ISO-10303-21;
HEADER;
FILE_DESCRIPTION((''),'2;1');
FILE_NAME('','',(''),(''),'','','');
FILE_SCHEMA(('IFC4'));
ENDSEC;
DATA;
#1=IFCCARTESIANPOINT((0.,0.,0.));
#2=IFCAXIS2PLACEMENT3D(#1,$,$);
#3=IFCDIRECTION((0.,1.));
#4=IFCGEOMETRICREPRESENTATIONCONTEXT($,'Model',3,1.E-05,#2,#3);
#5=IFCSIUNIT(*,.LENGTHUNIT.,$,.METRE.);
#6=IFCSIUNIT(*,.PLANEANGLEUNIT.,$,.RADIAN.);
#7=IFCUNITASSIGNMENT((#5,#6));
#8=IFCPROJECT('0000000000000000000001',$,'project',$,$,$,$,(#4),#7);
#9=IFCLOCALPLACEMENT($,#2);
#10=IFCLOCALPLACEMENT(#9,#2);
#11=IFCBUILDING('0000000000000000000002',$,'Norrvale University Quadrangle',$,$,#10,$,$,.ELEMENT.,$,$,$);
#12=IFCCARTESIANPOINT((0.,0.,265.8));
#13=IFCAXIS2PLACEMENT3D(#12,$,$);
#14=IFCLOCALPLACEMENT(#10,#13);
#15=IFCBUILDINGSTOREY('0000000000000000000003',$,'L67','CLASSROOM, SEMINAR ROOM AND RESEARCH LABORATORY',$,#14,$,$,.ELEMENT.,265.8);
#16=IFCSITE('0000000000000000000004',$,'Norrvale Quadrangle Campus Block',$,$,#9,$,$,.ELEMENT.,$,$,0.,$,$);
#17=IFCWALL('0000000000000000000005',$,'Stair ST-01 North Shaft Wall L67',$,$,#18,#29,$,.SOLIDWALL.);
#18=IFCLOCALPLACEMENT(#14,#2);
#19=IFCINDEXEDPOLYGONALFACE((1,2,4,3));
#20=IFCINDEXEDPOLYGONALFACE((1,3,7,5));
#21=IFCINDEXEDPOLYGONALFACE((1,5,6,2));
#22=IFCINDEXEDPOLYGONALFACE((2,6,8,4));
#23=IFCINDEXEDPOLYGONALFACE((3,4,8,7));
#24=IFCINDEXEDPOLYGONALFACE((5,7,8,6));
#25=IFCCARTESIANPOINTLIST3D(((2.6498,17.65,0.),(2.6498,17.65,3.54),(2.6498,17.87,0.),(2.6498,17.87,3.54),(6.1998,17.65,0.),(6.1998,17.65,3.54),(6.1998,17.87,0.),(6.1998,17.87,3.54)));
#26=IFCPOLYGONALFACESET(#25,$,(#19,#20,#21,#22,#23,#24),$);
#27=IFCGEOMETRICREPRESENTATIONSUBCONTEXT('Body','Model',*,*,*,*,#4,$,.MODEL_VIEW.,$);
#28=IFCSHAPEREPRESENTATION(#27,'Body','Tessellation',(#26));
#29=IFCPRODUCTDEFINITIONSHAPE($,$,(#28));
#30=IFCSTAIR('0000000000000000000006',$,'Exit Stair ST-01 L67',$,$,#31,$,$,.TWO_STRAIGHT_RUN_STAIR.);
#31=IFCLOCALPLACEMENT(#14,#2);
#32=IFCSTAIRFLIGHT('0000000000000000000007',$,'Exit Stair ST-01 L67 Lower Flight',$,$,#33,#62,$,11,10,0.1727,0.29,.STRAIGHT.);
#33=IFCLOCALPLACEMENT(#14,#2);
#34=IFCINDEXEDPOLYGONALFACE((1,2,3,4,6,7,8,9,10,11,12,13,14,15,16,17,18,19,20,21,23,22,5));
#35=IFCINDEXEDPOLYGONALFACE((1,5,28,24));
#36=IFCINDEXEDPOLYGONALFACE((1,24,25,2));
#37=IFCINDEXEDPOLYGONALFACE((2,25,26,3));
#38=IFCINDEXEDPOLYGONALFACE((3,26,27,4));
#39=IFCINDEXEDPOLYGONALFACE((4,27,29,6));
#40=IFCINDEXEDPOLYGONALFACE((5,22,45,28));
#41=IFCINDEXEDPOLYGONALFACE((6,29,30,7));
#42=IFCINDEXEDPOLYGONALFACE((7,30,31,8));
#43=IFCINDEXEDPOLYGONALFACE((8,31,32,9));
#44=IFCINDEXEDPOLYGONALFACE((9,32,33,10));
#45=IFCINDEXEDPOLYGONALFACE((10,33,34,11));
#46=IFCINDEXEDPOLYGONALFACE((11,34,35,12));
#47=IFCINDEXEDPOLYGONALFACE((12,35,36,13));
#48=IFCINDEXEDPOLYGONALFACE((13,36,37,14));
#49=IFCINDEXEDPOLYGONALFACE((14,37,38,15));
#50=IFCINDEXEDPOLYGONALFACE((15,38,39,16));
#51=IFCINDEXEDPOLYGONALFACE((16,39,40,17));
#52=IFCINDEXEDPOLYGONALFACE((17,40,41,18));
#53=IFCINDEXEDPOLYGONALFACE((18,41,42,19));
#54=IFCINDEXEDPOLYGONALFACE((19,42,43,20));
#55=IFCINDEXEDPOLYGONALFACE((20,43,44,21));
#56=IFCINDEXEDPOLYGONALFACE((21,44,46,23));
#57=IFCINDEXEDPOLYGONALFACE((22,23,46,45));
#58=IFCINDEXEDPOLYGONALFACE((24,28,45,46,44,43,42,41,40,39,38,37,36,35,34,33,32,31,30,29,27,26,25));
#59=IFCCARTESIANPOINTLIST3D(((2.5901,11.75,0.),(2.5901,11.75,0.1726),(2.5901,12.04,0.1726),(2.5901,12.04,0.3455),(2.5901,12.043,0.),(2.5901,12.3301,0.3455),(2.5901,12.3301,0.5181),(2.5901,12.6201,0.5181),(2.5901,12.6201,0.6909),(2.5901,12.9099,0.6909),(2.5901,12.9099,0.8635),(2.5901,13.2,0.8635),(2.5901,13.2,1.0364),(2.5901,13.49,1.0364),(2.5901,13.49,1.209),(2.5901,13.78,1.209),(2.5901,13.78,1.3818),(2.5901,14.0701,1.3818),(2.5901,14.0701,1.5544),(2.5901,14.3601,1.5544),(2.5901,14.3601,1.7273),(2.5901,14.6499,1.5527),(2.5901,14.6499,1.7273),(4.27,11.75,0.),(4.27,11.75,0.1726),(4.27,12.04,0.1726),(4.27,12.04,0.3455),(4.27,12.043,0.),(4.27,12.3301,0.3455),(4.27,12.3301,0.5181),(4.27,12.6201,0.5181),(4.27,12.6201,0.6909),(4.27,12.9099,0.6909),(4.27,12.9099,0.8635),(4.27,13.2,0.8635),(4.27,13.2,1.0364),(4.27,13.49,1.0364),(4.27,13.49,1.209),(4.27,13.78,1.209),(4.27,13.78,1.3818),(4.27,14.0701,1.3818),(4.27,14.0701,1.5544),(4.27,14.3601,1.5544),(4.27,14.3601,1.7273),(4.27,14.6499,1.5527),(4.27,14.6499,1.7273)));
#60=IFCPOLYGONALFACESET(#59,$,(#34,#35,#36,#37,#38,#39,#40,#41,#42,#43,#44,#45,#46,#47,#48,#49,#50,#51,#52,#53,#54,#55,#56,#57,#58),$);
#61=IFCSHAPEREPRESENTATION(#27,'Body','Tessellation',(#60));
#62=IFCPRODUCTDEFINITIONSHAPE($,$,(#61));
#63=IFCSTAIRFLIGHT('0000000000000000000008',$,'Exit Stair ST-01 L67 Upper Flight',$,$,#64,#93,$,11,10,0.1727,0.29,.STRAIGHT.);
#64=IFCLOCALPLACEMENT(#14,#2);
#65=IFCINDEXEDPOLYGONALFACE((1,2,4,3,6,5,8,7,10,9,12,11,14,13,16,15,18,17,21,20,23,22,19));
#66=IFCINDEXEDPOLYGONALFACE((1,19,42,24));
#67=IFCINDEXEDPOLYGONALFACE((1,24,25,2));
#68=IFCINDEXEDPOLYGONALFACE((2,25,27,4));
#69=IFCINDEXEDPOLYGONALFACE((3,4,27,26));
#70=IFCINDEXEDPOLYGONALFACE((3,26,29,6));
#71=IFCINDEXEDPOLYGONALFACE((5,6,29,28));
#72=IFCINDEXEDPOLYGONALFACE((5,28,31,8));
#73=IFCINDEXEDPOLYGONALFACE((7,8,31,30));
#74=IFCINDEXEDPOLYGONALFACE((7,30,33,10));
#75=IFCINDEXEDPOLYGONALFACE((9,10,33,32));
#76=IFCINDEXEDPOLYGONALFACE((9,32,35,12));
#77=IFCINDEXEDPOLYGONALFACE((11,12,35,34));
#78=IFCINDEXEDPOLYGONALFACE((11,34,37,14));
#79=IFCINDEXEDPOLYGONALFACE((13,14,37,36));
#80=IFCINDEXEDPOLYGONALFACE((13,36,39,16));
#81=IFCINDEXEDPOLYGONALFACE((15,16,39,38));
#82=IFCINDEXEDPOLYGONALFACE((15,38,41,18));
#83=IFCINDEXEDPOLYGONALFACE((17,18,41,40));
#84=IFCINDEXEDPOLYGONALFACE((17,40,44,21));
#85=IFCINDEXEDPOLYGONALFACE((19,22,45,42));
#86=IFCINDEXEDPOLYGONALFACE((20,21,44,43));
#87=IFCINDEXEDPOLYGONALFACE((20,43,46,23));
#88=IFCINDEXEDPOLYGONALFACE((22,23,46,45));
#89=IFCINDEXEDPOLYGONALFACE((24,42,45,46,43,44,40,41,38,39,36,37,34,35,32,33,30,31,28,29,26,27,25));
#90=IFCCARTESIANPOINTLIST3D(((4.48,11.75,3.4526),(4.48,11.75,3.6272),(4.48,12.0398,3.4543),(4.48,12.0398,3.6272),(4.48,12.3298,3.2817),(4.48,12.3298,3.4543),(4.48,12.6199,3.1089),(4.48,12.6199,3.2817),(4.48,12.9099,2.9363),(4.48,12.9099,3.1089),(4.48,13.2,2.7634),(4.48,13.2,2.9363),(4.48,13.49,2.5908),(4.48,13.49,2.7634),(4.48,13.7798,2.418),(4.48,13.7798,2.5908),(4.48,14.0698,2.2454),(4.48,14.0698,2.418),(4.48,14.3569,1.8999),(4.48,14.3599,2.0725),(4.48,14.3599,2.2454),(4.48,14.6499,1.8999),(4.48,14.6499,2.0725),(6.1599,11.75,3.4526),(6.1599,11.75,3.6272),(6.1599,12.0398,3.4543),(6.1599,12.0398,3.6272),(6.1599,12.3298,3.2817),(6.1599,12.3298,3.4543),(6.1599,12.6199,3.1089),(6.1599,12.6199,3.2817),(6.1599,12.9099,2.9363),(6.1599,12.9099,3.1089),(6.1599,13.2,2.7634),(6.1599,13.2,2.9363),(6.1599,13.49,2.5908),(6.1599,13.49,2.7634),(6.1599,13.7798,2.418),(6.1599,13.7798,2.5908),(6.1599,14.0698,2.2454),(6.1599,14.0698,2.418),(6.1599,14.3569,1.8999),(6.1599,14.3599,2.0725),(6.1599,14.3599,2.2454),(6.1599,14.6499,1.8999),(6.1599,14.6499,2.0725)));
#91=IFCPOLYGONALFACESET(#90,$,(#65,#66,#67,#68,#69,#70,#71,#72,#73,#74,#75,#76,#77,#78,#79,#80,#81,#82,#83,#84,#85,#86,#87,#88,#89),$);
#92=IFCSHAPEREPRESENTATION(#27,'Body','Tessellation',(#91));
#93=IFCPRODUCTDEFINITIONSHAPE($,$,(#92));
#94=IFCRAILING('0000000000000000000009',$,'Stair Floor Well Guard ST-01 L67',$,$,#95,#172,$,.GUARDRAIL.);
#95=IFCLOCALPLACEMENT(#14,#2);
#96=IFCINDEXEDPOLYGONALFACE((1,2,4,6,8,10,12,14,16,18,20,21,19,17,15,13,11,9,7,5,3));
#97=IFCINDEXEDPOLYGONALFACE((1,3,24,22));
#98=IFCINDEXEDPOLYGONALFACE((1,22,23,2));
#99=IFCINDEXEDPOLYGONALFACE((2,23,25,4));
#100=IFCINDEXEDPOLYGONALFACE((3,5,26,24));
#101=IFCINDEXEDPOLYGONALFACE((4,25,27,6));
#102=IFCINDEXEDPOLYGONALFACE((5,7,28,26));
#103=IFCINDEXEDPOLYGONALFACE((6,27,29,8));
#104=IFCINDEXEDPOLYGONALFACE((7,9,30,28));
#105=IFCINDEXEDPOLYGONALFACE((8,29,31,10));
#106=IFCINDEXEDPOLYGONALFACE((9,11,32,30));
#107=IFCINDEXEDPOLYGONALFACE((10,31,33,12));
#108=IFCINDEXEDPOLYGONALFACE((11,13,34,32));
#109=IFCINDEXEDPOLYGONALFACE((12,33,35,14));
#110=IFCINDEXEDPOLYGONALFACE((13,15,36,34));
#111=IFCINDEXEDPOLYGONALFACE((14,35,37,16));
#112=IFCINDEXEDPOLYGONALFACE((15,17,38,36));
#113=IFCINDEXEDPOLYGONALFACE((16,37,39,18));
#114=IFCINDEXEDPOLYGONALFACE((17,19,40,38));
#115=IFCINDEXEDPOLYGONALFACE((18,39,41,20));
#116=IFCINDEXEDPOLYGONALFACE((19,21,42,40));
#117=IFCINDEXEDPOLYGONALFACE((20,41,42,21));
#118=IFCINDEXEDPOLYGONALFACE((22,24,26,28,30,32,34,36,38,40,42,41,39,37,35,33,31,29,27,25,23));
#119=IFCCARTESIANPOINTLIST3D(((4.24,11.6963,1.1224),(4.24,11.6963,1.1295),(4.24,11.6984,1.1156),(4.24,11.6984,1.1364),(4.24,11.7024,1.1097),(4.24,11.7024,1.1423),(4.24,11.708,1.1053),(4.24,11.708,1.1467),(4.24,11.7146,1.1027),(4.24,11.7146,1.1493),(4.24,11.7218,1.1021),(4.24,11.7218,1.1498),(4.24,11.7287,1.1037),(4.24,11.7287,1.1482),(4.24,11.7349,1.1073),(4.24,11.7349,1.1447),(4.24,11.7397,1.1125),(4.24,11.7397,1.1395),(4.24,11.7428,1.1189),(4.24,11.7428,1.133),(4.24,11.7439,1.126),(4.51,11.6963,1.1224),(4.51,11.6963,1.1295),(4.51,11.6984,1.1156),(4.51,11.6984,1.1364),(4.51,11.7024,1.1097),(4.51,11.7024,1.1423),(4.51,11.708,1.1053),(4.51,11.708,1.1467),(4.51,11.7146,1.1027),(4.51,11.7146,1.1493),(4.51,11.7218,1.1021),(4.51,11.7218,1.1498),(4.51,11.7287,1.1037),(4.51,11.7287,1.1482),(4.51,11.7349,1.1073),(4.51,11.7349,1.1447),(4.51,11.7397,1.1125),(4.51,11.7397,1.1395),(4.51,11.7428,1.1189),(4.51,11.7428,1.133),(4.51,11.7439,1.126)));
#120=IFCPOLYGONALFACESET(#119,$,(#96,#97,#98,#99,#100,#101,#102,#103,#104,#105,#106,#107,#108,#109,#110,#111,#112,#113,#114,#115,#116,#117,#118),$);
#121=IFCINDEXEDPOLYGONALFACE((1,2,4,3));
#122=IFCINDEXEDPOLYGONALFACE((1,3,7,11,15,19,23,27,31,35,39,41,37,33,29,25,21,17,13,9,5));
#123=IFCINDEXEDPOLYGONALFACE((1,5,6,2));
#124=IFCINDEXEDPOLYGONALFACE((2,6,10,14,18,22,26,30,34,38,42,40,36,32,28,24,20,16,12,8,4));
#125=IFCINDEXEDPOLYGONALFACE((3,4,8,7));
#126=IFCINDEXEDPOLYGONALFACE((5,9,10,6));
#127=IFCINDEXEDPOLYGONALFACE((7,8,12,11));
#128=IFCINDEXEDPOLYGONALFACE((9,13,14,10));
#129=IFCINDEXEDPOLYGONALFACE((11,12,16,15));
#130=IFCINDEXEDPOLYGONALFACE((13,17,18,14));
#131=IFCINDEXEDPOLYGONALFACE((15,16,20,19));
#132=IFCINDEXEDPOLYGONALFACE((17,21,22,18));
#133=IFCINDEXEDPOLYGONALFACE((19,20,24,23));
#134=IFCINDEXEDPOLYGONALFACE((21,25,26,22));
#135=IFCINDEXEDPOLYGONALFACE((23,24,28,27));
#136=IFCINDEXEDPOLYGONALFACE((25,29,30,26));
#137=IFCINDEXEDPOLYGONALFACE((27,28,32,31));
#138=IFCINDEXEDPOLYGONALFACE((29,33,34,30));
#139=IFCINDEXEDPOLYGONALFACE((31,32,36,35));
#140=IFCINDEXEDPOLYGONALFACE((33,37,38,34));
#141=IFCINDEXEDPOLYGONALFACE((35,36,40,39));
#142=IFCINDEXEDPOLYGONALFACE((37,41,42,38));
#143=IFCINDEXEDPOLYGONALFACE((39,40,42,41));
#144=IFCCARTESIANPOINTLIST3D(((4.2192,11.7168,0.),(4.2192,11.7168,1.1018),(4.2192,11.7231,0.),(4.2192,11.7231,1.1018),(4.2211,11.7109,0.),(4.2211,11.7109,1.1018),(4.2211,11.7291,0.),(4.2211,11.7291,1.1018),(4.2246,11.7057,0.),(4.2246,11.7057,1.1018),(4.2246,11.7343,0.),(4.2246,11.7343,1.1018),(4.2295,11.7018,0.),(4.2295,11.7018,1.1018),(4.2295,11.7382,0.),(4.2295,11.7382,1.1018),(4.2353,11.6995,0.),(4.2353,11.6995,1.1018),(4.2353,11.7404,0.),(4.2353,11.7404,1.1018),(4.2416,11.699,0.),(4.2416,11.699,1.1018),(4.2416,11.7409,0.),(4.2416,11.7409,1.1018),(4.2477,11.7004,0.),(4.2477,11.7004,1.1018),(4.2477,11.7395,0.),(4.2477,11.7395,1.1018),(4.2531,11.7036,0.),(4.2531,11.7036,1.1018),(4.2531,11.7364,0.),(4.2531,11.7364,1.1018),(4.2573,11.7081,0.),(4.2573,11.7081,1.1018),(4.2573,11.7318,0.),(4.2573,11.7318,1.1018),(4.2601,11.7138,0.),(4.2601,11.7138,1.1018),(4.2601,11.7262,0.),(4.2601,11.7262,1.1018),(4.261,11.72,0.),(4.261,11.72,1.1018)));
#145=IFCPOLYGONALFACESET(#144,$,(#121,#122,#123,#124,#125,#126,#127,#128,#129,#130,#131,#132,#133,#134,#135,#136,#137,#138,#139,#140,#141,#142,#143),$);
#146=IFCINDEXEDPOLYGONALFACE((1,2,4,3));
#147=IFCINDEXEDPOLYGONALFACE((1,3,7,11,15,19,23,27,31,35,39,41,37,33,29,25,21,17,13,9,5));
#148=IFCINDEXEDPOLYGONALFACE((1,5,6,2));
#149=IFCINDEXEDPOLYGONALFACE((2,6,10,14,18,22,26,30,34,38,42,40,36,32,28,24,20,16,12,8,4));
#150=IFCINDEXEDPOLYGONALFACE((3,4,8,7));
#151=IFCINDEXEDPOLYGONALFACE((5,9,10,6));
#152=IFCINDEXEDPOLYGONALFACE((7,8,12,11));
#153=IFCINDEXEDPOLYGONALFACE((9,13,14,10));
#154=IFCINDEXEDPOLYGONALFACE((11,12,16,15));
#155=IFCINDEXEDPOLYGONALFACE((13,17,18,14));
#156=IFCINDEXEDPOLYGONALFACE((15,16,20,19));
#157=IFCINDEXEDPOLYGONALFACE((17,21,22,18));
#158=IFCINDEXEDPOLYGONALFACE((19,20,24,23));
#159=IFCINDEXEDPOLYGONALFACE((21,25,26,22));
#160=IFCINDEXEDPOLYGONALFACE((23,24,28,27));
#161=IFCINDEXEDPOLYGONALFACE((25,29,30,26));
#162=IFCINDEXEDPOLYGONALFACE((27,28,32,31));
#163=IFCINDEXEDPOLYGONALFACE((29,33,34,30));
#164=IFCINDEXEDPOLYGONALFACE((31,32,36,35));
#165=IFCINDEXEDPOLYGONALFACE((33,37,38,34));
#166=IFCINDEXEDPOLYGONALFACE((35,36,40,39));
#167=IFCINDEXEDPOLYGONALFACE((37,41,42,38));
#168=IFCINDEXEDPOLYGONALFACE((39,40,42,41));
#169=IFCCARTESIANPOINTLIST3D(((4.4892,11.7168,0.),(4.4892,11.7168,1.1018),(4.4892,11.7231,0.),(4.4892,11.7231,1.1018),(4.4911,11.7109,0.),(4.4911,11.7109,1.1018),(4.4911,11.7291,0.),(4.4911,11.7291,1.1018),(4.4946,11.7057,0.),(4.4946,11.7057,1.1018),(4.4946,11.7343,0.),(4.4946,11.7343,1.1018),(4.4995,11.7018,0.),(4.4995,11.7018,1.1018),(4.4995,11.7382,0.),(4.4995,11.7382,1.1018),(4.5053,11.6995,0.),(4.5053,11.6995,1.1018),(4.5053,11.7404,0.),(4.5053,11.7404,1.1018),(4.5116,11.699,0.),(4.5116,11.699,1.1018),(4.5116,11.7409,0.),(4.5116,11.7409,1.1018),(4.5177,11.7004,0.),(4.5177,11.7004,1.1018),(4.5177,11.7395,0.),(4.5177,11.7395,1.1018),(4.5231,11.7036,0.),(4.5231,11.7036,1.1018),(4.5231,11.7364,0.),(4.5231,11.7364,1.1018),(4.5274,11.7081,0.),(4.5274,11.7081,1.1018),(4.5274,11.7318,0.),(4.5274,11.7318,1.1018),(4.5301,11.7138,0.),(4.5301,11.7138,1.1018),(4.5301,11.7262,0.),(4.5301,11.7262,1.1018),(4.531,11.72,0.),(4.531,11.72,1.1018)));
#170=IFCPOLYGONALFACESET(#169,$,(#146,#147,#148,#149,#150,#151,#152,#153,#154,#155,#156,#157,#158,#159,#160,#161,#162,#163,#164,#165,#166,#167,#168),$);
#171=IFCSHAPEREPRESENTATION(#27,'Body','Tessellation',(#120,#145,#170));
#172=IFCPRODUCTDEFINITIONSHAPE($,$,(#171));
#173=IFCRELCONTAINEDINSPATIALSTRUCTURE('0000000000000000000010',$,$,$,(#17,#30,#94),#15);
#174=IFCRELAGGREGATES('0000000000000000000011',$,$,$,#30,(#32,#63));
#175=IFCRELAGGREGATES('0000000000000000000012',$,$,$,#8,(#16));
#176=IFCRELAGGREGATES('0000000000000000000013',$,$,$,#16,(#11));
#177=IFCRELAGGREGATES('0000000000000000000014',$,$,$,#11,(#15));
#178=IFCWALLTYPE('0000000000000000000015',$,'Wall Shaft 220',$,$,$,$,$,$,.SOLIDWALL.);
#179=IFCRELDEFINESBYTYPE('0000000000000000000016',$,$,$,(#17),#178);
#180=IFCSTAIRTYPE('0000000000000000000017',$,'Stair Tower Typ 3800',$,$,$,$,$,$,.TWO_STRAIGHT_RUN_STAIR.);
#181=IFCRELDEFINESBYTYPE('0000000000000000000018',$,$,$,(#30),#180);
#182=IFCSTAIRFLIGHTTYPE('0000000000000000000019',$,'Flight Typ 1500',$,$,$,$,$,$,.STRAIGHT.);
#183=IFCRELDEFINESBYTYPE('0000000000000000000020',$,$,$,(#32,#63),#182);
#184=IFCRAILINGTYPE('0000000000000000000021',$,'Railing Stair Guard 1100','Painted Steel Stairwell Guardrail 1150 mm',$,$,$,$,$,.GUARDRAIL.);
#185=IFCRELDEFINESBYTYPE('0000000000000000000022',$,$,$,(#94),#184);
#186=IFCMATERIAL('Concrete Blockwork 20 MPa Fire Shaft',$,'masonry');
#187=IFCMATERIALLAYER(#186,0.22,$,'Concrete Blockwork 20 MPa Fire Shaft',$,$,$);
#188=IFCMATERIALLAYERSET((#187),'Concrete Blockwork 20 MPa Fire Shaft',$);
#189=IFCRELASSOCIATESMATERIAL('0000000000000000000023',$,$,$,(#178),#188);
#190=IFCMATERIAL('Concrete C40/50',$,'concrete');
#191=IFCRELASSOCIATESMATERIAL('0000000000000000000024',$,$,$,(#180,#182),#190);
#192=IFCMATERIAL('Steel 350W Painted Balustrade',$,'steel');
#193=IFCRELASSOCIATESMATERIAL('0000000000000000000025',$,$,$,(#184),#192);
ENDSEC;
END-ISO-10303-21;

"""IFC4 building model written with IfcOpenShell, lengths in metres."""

from ifc_helpers import new_model, si_unit, direction, frame, frame_2d, origin, origin_2d, place, context, subcontext, project, spatial, polyline, rectangle, circle, outline, extrude, material, layer, layer_set, type_object, element, aggregate, save


model = new_model("IFC4")

# Units and contexts
model_context = context("Model", 3, precision=1e-05, world=origin(), true_north=direction((0.0, 1.0)))
body_context = subcontext(model_context, "Body", "Model", "MODEL_VIEW")
ifc_project = project(units=[si_unit("LENGTHUNIT", "METRE"), si_unit("PLANEANGLEUNIT", "RADIAN")], contexts=[model_context])

# Site, building, storey
site_placement = place(None, origin())
site = spatial("IfcSite", under=ifc_project, at=site_placement, Name="Norrvale Quadrangle Campus Block", CompositionType="ELEMENT", RefElevation=0.0)
building_placement = place(site_placement, origin())
building = spatial("IfcBuilding", under=site, at=building_placement, Name="Norrvale University Quadrangle", CompositionType="ELEMENT")
storey_placement = place(building_placement, frame((0.0, 0.0, 265.8)))
storey = spatial("IfcBuildingStorey", under=building, at=storey_placement, Name="L67", Description="CLASSROOM, SEMINAR ROOM AND RESEARCH LABORATORY", CompositionType="ELEMENT", Elevation=265.8)

# Wall
ifc_material_1 = material(Name="Concrete Blockwork 20 MPa Fire Shaft", Category="masonry")
ifc_layer_1 = layer(ifc_material_1, 0.22, Name="Concrete Blockwork 20 MPa Fire Shaft")
ifc_layer_set_1 = layer_set([ifc_layer_1], Name="Concrete Blockwork 20 MPa Fire Shaft")
wall_type_1 = type_object("IfcWallType", Name="Wall Shaft 220", PredefinedType="SOLIDWALL", material=ifc_layer_set_1)
wall_1_placement = place(storey_placement, frame((2.6499, 17.76, 0.0), z_axis=(0.0, 0.0, 1.0), x_axis=(1.0, 0.0, 0.0)))
element("IfcWall", 1, at=wall_1_placement, inside=storey, type_object=wall_type_1, Name="Stair ST-01 North Shaft Wall L67", PredefinedType="SOLIDWALL", context=body_context, shape_type="SweptSolid", body=[
    extrude(rectangle(XDim=3.55, YDim=0.22, at=frame_2d((1.7749, 0.0))), origin(), (0.0, 0.0, 1.0), 3.54),
])

# Stair, stair flights
ifc_material_2 = material(Name="Concrete C40/50", Category="concrete")
stair_type = type_object("IfcStairType", Name="Stair Tower Typ 3800", PredefinedType="TWO_STRAIGHT_RUN_STAIR", material=ifc_material_2)
stair_placement = place(storey_placement, origin())
stair = element("IfcStair", 2, at=stair_placement, inside=storey, type_object=stair_type, Name="Exit Stair ST-01 L67", PredefinedType="TWO_STRAIGHT_RUN_STAIR")
stair_flight_type = type_object("IfcStairFlightType", Name="Flight Typ 1500", PredefinedType="STRAIGHT", material=ifc_material_2)
stair_flight_1_placement = place(storey_placement, frame((3.4299, 11.75, 0.0), z_axis=(0.0, 0.0, 1.0), x_axis=(0.0, 1.0, 0.0)))
stair_flight_1 = element("IfcStairFlight", 3, at=stair_flight_1_placement, type_object=stair_flight_type, Name="Exit Stair ST-01 L67 Lower Flight", NumberOfRisers=11, NumberOfTreads=10, PredefinedType="STRAIGHT", RiserHeight=0.1727, TreadLength=0.29, context=body_context, shape_type="SweptSolid", body=[
    extrude(outline(polyline([(0.0, 0.0), (0.0, 0.1726), (0.29, 0.1726), (0.29, 0.3455), (0.5801, 0.3455), (0.5801, 0.5181), (0.8701, 0.5181), (0.8701, 0.6909), (1.1599, 0.6909), (1.1599, 0.8635), (1.45, 0.8635), (1.45, 1.0364), (1.74, 1.0364), (1.74, 1.209), (2.03, 1.209), (2.03, 1.3818), (2.3201, 1.3818), (2.3201, 1.5544), (2.6101, 1.5544), (2.6101, 1.7273), (2.8999, 1.7273), (2.8999, 1.8999), (2.8999, 1.5527), (0.293, 0.0), (0.0, 0.0)])), frame((0.0, 0.8398, 0.0), z_axis=(0.0, -1.0, 0.0), x_axis=(1.0, 0.0, 0.0)), (0.0, 0.0, 1.0), 1.6799),
])
stair_flight_2_placement = place(storey_placement, frame((5.3201, 14.6499, 1.8999), z_axis=(0.0, 0.0, 1.0), x_axis=(0.0, -1.0, 0.0)))
stair_flight_2 = element("IfcStairFlight", 4, at=stair_flight_2_placement, type_object=stair_flight_type, Name="Exit Stair ST-01 L67 Upper Flight", NumberOfRisers=11, NumberOfTreads=10, PredefinedType="STRAIGHT", RiserHeight=0.1727, TreadLength=0.29, context=body_context, shape_type="SweptSolid", body=[
    extrude(outline(polyline([(0.0, 0.0), (0.0, 0.1726), (0.29, 0.1726), (0.29, 0.3455), (0.5801, 0.3455), (0.5801, 0.5181), (0.8701, 0.5181), (0.8701, 0.6909), (1.1599, 0.6909), (1.1599, 0.8635), (1.45, 0.8635), (1.45, 1.0364), (1.74, 1.0364), (1.74, 1.209), (2.03, 1.209), (2.03, 1.3818), (2.3201, 1.3818), (2.3201, 1.5544), (2.6101, 1.5544), (2.6101, 1.7273), (2.8999, 1.7273), (2.8999, 1.8999), (2.8999, 1.5527), (0.293, 0.0), (0.0, 0.0)])), frame((0.0, 0.8398, 0.0), z_axis=(0.0, -1.0, 0.0), x_axis=(1.0, 0.0, 0.0)), (0.0, 0.0, 1.0), 1.6799),
])
aggregate(stair, [stair_flight_1, stair_flight_2])

# Railing
ifc_material_3 = material(Name="Steel 350W Painted Balustrade", Category="steel")
railing_type_1 = type_object("IfcRailingType", Name="Railing Stair Guard 1100", Description="Painted Steel Stairwell Guardrail 1150 mm", PredefinedType="GUARDRAIL", material=ifc_material_3)
for number, where, name in (
    (5, (4.24, 11.72, 0.0), "Stair Floor Well Guard ST-01 L67"),
):
    element("IfcRailing", number, at=place(storey_placement, frame(where)), inside=storey, type_object=railing_type_1, Name=name, PredefinedType="GUARDRAIL", context=body_context, shape_type="SweptSolid", body=[
        extrude(circle(Radius=0.0239, at=origin_2d()), frame((0.0, 0.0, 1.126), z_axis=(1.0, 0.0, 0.0), x_axis=(0.0, 1.0, 0.0)), (0.0, 0.0, 1.0), 0.27),
        extrude(circle(Radius=0.021, at=origin_2d()), origin(), (0.0, 0.0, 1.0), 1.1018),
        extrude(circle(Radius=0.021, at=origin_2d()), frame((0.27, 0.0, 0.0)), (0.0, 0.0, 1.0), 1.1018),
    ])

save(model, "model.ifc")
